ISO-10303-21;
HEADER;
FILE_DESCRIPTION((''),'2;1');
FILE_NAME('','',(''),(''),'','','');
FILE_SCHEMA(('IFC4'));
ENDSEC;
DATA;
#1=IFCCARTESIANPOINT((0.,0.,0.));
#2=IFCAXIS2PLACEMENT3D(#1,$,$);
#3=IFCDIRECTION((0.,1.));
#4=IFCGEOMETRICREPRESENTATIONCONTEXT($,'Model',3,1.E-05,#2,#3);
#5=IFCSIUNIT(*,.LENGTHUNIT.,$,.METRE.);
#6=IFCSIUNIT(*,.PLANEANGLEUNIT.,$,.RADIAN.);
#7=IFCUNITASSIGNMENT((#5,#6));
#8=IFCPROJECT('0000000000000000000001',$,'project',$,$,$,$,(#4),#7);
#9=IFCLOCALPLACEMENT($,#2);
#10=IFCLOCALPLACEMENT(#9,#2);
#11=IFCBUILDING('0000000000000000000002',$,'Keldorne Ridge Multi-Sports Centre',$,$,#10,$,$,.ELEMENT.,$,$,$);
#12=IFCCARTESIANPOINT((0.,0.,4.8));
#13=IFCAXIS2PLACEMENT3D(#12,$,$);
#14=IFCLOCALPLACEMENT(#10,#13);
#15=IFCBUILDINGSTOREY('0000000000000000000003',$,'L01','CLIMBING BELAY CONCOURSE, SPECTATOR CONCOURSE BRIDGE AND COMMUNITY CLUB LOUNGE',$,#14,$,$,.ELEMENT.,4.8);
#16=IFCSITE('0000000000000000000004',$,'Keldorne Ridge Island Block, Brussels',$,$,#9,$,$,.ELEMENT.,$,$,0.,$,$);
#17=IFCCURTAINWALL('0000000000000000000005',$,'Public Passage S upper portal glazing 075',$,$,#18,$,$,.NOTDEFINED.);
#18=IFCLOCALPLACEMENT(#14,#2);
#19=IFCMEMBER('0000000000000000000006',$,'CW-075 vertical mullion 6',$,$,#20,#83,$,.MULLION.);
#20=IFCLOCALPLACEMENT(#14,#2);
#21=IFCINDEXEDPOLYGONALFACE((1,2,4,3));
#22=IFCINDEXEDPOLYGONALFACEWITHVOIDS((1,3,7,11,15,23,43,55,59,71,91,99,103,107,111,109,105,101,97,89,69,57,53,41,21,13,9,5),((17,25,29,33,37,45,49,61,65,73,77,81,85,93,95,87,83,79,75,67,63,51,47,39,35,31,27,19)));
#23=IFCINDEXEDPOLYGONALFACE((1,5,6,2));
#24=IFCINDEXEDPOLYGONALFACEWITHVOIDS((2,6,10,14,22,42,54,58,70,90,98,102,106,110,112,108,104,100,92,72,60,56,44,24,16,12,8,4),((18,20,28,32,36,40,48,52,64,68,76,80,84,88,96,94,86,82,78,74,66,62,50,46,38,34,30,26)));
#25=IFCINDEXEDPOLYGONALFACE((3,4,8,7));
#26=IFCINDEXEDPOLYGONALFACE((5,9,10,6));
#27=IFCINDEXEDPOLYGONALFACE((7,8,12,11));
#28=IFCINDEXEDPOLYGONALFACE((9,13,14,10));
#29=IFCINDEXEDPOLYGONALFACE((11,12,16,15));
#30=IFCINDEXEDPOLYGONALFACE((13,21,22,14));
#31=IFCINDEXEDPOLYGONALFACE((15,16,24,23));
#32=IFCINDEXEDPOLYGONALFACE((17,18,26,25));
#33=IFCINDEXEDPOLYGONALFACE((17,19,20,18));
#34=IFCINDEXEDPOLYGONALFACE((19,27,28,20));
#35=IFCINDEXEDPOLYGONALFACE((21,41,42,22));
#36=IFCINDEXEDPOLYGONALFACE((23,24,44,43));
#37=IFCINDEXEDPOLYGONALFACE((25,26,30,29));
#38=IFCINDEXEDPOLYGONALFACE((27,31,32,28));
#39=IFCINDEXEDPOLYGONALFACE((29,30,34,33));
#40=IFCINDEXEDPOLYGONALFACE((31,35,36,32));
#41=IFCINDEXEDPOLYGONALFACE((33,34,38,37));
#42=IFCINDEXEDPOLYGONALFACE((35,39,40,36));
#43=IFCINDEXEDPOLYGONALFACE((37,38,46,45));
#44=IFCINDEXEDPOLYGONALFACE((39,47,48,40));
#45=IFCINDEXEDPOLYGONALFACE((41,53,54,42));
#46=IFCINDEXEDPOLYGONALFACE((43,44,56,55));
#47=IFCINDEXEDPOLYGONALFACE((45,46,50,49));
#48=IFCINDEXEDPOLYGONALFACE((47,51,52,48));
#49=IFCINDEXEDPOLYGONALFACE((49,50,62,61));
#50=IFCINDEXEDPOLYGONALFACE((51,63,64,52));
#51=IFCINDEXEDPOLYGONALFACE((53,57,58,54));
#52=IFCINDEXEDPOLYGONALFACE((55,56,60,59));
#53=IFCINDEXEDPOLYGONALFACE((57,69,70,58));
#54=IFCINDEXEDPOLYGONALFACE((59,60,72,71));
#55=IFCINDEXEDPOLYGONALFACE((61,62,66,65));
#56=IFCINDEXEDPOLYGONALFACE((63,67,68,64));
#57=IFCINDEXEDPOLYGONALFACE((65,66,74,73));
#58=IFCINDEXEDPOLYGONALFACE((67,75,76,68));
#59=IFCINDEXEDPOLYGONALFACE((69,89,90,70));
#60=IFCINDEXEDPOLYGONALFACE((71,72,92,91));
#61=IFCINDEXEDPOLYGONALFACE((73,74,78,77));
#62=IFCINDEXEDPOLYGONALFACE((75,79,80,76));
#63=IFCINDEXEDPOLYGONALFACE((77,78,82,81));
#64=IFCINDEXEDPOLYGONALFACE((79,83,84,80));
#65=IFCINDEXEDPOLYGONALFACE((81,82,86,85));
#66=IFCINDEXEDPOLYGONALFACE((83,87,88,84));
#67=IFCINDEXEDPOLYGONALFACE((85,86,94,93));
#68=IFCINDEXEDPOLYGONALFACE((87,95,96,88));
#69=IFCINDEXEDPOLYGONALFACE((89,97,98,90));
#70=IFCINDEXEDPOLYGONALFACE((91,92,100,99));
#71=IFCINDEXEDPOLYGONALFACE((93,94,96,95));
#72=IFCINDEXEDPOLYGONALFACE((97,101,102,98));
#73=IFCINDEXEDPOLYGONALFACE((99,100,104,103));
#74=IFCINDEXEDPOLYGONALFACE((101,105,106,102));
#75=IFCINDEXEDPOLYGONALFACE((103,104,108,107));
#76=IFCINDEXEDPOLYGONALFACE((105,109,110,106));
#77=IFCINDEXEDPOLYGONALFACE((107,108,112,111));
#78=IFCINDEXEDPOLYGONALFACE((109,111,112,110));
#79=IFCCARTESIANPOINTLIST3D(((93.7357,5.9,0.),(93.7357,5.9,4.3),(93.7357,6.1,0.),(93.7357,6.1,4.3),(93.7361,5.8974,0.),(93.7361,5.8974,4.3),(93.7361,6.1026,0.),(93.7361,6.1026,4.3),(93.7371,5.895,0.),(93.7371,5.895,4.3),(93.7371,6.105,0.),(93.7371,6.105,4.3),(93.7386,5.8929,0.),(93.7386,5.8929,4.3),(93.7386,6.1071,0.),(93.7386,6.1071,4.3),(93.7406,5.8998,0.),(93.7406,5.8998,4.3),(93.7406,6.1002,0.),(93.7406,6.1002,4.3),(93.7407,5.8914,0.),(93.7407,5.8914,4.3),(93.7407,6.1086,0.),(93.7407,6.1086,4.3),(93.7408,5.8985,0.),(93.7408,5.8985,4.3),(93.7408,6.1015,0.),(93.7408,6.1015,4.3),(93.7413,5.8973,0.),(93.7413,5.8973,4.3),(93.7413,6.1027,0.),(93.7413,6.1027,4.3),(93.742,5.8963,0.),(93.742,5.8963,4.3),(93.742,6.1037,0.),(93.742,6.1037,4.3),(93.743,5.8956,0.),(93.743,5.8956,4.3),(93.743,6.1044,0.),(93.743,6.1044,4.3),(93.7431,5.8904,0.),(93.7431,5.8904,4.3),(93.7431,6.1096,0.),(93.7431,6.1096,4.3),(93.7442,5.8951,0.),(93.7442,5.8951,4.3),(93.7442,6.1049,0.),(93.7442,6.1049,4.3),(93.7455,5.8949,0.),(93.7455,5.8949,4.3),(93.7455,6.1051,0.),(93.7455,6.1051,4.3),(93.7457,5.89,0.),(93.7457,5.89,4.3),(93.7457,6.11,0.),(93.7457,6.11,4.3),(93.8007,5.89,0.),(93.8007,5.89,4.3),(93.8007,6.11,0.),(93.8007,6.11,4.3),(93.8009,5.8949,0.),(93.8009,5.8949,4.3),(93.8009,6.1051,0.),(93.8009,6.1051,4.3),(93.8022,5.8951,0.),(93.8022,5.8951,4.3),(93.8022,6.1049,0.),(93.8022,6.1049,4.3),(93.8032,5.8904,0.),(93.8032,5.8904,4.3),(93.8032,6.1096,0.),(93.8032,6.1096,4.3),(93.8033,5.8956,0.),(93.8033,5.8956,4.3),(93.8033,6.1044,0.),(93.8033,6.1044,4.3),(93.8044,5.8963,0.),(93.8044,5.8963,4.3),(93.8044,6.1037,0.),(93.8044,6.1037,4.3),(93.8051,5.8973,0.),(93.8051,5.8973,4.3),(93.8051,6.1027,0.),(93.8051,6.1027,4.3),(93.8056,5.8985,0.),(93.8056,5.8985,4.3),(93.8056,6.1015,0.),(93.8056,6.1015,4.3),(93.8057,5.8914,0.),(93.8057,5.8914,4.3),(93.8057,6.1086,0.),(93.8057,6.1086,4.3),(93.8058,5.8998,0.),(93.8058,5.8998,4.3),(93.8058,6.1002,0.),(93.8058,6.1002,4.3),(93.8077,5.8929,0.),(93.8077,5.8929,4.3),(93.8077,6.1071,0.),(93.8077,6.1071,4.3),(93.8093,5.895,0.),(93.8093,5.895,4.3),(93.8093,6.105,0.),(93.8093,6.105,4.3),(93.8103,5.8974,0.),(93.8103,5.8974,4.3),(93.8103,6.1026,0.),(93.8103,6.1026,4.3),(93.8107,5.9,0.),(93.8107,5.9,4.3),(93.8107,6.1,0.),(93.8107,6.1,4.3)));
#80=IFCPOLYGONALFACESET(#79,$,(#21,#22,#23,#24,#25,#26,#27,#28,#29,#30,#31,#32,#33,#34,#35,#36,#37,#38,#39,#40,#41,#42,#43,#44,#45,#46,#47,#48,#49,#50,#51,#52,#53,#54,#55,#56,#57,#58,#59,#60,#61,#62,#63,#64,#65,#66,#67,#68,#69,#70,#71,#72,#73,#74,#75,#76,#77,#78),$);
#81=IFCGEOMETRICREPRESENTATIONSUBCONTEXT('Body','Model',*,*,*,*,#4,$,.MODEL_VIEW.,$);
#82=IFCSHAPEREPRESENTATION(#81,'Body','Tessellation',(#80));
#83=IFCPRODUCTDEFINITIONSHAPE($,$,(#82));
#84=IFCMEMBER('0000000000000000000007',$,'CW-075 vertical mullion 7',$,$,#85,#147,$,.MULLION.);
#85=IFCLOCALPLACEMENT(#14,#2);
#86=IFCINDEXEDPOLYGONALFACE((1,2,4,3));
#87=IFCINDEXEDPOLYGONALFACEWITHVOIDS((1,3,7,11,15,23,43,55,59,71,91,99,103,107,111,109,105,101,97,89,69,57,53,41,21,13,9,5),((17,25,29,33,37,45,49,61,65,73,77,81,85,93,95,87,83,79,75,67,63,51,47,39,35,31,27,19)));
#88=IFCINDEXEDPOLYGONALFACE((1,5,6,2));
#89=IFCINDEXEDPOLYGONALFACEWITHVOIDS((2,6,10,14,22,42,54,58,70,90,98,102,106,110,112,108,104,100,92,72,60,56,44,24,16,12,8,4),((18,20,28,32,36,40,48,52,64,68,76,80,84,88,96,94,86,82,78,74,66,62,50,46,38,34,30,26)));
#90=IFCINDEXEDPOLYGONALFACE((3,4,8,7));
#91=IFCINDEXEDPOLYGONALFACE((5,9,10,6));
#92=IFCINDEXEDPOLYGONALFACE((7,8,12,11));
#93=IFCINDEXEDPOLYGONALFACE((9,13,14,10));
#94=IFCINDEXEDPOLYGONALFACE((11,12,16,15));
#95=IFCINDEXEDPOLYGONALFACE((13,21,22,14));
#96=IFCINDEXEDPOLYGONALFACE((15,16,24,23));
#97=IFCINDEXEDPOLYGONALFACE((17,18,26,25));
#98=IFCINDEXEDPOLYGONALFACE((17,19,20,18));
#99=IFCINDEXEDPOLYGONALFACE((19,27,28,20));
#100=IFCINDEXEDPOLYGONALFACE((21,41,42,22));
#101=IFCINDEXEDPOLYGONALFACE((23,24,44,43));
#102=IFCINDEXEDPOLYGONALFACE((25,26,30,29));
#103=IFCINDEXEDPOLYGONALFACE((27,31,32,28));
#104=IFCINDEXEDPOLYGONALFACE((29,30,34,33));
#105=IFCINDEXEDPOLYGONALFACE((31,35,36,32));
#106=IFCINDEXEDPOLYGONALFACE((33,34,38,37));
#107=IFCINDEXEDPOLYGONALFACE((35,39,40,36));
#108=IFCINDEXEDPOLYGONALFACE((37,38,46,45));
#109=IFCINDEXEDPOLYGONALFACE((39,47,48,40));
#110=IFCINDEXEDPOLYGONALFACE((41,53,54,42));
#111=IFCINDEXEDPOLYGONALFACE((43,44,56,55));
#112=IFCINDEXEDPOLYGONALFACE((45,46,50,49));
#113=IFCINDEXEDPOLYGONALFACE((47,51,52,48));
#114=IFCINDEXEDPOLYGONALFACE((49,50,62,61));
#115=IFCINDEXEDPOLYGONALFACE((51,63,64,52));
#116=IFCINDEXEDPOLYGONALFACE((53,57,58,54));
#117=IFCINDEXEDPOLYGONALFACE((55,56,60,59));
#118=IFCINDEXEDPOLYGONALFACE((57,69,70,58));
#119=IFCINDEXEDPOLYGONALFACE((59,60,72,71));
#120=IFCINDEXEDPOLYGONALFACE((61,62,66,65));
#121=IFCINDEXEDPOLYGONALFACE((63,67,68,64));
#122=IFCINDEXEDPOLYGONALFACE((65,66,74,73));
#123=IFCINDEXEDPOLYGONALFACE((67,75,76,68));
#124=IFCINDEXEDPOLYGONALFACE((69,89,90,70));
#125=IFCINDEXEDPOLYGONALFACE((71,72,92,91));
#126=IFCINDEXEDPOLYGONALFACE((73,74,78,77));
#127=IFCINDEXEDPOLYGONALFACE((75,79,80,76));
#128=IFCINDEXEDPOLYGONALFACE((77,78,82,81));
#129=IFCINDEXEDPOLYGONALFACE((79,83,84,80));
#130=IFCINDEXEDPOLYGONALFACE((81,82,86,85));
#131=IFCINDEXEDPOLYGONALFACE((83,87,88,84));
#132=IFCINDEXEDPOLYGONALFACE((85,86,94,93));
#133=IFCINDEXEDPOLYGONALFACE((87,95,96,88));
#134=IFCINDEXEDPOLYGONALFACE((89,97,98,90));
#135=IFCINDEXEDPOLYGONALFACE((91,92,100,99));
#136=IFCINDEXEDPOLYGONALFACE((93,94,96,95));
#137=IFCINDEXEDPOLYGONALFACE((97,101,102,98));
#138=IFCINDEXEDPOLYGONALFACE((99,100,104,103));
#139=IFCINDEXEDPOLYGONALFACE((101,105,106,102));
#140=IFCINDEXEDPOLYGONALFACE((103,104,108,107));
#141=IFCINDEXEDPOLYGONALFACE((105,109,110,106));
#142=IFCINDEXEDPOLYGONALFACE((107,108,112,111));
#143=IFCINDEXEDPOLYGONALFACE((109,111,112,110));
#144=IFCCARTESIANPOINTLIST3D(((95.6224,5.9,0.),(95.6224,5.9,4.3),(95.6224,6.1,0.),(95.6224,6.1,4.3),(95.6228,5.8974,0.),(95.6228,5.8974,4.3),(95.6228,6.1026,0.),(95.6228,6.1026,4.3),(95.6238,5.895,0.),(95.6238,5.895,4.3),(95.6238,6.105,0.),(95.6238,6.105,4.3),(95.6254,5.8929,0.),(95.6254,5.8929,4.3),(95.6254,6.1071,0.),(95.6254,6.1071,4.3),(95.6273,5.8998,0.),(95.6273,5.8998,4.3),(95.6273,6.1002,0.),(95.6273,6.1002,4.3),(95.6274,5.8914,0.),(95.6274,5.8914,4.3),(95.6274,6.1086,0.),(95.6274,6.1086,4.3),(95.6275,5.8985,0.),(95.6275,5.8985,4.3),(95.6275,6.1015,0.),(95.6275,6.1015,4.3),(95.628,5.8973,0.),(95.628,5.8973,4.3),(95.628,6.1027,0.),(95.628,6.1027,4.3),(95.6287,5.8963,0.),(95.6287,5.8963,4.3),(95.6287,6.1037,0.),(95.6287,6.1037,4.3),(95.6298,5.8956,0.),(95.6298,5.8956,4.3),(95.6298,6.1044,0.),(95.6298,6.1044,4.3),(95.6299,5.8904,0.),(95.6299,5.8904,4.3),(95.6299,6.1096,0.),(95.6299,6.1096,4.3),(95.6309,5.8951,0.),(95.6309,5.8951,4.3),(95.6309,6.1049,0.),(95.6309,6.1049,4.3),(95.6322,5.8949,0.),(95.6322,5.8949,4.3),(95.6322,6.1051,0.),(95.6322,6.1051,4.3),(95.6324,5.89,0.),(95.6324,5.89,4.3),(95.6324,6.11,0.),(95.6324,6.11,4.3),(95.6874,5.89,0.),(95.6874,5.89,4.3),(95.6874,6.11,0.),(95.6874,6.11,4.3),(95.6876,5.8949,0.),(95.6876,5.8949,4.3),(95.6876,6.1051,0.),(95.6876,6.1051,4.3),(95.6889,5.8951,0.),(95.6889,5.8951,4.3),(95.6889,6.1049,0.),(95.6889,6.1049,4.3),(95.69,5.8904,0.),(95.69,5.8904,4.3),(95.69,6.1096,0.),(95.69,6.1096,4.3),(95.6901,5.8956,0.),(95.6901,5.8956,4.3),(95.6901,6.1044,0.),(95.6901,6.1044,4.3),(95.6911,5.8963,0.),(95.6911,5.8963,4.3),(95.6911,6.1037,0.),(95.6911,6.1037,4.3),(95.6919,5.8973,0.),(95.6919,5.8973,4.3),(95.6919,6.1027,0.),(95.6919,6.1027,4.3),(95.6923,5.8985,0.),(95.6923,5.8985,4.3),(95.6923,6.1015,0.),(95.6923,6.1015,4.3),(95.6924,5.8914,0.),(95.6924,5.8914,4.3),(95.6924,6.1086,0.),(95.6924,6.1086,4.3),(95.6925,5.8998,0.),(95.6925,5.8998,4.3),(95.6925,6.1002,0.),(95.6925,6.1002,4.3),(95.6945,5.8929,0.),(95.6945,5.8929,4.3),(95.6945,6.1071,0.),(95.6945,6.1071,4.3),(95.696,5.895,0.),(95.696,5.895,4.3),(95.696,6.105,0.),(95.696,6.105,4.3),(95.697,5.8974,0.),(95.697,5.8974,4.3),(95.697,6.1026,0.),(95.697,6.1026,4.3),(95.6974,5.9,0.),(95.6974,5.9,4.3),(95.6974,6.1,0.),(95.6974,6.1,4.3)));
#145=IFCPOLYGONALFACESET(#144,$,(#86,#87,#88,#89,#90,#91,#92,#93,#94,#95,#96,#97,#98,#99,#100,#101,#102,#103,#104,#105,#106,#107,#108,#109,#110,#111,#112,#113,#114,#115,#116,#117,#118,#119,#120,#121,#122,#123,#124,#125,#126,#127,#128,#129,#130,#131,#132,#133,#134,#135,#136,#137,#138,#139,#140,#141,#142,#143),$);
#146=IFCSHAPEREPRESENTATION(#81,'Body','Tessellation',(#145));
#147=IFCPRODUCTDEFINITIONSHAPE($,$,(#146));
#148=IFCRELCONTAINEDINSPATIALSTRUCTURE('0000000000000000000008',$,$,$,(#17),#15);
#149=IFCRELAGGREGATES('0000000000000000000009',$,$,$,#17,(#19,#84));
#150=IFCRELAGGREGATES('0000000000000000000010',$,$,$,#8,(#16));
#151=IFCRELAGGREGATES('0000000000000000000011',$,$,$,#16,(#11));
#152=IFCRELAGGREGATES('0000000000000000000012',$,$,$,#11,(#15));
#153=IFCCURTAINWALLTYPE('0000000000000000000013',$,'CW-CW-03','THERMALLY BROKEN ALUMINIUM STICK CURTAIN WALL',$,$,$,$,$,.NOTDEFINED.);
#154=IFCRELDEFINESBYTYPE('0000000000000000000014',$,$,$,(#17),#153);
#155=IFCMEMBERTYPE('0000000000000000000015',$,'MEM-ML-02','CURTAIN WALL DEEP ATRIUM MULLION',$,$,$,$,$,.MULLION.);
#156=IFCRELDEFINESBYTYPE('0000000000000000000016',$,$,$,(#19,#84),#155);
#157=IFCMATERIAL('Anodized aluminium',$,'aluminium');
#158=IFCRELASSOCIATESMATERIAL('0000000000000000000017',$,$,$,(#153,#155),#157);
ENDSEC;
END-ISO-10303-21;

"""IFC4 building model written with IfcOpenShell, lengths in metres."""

from ifc_helpers import new_model, si_unit, direction, frame, origin, origin_2d, place, context, subcontext, project, spatial, hollow_rectangle, extrude, material, material_profile, profile_set, type_object, element, aggregate, save


model = new_model("IFC4")

# Units and contexts
model_context = context("Model", 3, precision=1e-05, world=origin(), true_north=direction((0.0, 1.0)))
body_context = subcontext(model_context, "Body", "Model", "MODEL_VIEW")
ifc_project = project(units=[si_unit("LENGTHUNIT", "METRE"), si_unit("PLANEANGLEUNIT", "RADIAN")], contexts=[model_context])

# Site, building, storey
site_placement = place(None, origin())
site = spatial("IfcSite", under=ifc_project, at=site_placement, Name="Keldorne Ridge Island Block, Brussels", CompositionType="ELEMENT", RefElevation=0.0)
building_placement = place(site_placement, origin())
building = spatial("IfcBuilding", under=site, at=building_placement, Name="Keldorne Ridge Multi-Sports Centre", CompositionType="ELEMENT")
storey_placement = place(building_placement, frame((0.0, 0.0, 4.8)))
storey = spatial("IfcBuildingStorey", under=building, at=storey_placement, Name="L01", Description="CLIMBING BELAY CONCOURSE, SPECTATOR CONCOURSE BRIDGE AND COMMUNITY CLUB LOUNGE", CompositionType="ELEMENT", Elevation=4.8)

# Curtain wall, members
ifc_material_1 = material(Name="Anodized aluminium", Category="aluminium")
curtain_wall_type_1 = type_object("IfcCurtainWallType", Name="CW-CW-03", Description="THERMALLY BROKEN ALUMINIUM STICK CURTAIN WALL", PredefinedType="NOTDEFINED", material=ifc_material_1)
curtain_wall_1_placement = place(storey_placement, origin())
curtain_wall_1 = element("IfcCurtainWall", 1, at=curtain_wall_1_placement, inside=storey, type_object=curtain_wall_type_1, Name="Public Passage S upper portal glazing 075", PredefinedType="NOTDEFINED")
ifc_material_profile_1 = material_profile(ifc_material_1, hollow_rectangle(XDim=0.075, YDim=0.22, WallThickness=0.0049, InnerFilletRadius=0.0049, OuterFilletRadius=0.01, at=origin_2d()), Name="ALU MULLION 220x75x5")
ifc_profile_set_1 = profile_set([ifc_material_profile_1], Name="Anodized aluminium")
member_type_1 = type_object("IfcMemberType", Name="MEM-ML-02", Description="CURTAIN WALL DEEP ATRIUM MULLION", PredefinedType="MULLION", material=ifc_profile_set_1)
member_1_placement = place(storey_placement, frame((93.7732, 6.0, 0.0), z_axis=(0.0, 0.0, 1.0), x_axis=(1.0, 0.0, 0.0)))
member_1 = element("IfcMember", 2, at=member_1_placement, type_object=member_type_1, Name="CW-075 vertical mullion 6", PredefinedType="MULLION", context=body_context, shape_type="SweptSolid", body=[
    extrude(hollow_rectangle(XDim=0.075, YDim=0.22, WallThickness=0.0049, InnerFilletRadius=0.0049, OuterFilletRadius=0.01, at=origin_2d()), origin(), (0.0, 0.0, 1.0), 4.3),
])
member_2_placement = place(storey_placement, frame((95.6599, 6.0, 0.0), z_axis=(0.0, 0.0, 1.0), x_axis=(1.0, 0.0, 0.0)))
member_2 = element("IfcMember", 3, at=member_2_placement, type_object=member_type_1, Name="CW-075 vertical mullion 7", PredefinedType="MULLION", context=body_context, shape_type="SweptSolid", body=[
    extrude(hollow_rectangle(XDim=0.075, YDim=0.22, WallThickness=0.0049, InnerFilletRadius=0.0049, OuterFilletRadius=0.01, at=origin_2d()), origin(), (0.0, 0.0, 1.0), 4.3),
])

aggregate(curtain_wall_1, [member_1, member_2])

save(model, "model.ifc")
